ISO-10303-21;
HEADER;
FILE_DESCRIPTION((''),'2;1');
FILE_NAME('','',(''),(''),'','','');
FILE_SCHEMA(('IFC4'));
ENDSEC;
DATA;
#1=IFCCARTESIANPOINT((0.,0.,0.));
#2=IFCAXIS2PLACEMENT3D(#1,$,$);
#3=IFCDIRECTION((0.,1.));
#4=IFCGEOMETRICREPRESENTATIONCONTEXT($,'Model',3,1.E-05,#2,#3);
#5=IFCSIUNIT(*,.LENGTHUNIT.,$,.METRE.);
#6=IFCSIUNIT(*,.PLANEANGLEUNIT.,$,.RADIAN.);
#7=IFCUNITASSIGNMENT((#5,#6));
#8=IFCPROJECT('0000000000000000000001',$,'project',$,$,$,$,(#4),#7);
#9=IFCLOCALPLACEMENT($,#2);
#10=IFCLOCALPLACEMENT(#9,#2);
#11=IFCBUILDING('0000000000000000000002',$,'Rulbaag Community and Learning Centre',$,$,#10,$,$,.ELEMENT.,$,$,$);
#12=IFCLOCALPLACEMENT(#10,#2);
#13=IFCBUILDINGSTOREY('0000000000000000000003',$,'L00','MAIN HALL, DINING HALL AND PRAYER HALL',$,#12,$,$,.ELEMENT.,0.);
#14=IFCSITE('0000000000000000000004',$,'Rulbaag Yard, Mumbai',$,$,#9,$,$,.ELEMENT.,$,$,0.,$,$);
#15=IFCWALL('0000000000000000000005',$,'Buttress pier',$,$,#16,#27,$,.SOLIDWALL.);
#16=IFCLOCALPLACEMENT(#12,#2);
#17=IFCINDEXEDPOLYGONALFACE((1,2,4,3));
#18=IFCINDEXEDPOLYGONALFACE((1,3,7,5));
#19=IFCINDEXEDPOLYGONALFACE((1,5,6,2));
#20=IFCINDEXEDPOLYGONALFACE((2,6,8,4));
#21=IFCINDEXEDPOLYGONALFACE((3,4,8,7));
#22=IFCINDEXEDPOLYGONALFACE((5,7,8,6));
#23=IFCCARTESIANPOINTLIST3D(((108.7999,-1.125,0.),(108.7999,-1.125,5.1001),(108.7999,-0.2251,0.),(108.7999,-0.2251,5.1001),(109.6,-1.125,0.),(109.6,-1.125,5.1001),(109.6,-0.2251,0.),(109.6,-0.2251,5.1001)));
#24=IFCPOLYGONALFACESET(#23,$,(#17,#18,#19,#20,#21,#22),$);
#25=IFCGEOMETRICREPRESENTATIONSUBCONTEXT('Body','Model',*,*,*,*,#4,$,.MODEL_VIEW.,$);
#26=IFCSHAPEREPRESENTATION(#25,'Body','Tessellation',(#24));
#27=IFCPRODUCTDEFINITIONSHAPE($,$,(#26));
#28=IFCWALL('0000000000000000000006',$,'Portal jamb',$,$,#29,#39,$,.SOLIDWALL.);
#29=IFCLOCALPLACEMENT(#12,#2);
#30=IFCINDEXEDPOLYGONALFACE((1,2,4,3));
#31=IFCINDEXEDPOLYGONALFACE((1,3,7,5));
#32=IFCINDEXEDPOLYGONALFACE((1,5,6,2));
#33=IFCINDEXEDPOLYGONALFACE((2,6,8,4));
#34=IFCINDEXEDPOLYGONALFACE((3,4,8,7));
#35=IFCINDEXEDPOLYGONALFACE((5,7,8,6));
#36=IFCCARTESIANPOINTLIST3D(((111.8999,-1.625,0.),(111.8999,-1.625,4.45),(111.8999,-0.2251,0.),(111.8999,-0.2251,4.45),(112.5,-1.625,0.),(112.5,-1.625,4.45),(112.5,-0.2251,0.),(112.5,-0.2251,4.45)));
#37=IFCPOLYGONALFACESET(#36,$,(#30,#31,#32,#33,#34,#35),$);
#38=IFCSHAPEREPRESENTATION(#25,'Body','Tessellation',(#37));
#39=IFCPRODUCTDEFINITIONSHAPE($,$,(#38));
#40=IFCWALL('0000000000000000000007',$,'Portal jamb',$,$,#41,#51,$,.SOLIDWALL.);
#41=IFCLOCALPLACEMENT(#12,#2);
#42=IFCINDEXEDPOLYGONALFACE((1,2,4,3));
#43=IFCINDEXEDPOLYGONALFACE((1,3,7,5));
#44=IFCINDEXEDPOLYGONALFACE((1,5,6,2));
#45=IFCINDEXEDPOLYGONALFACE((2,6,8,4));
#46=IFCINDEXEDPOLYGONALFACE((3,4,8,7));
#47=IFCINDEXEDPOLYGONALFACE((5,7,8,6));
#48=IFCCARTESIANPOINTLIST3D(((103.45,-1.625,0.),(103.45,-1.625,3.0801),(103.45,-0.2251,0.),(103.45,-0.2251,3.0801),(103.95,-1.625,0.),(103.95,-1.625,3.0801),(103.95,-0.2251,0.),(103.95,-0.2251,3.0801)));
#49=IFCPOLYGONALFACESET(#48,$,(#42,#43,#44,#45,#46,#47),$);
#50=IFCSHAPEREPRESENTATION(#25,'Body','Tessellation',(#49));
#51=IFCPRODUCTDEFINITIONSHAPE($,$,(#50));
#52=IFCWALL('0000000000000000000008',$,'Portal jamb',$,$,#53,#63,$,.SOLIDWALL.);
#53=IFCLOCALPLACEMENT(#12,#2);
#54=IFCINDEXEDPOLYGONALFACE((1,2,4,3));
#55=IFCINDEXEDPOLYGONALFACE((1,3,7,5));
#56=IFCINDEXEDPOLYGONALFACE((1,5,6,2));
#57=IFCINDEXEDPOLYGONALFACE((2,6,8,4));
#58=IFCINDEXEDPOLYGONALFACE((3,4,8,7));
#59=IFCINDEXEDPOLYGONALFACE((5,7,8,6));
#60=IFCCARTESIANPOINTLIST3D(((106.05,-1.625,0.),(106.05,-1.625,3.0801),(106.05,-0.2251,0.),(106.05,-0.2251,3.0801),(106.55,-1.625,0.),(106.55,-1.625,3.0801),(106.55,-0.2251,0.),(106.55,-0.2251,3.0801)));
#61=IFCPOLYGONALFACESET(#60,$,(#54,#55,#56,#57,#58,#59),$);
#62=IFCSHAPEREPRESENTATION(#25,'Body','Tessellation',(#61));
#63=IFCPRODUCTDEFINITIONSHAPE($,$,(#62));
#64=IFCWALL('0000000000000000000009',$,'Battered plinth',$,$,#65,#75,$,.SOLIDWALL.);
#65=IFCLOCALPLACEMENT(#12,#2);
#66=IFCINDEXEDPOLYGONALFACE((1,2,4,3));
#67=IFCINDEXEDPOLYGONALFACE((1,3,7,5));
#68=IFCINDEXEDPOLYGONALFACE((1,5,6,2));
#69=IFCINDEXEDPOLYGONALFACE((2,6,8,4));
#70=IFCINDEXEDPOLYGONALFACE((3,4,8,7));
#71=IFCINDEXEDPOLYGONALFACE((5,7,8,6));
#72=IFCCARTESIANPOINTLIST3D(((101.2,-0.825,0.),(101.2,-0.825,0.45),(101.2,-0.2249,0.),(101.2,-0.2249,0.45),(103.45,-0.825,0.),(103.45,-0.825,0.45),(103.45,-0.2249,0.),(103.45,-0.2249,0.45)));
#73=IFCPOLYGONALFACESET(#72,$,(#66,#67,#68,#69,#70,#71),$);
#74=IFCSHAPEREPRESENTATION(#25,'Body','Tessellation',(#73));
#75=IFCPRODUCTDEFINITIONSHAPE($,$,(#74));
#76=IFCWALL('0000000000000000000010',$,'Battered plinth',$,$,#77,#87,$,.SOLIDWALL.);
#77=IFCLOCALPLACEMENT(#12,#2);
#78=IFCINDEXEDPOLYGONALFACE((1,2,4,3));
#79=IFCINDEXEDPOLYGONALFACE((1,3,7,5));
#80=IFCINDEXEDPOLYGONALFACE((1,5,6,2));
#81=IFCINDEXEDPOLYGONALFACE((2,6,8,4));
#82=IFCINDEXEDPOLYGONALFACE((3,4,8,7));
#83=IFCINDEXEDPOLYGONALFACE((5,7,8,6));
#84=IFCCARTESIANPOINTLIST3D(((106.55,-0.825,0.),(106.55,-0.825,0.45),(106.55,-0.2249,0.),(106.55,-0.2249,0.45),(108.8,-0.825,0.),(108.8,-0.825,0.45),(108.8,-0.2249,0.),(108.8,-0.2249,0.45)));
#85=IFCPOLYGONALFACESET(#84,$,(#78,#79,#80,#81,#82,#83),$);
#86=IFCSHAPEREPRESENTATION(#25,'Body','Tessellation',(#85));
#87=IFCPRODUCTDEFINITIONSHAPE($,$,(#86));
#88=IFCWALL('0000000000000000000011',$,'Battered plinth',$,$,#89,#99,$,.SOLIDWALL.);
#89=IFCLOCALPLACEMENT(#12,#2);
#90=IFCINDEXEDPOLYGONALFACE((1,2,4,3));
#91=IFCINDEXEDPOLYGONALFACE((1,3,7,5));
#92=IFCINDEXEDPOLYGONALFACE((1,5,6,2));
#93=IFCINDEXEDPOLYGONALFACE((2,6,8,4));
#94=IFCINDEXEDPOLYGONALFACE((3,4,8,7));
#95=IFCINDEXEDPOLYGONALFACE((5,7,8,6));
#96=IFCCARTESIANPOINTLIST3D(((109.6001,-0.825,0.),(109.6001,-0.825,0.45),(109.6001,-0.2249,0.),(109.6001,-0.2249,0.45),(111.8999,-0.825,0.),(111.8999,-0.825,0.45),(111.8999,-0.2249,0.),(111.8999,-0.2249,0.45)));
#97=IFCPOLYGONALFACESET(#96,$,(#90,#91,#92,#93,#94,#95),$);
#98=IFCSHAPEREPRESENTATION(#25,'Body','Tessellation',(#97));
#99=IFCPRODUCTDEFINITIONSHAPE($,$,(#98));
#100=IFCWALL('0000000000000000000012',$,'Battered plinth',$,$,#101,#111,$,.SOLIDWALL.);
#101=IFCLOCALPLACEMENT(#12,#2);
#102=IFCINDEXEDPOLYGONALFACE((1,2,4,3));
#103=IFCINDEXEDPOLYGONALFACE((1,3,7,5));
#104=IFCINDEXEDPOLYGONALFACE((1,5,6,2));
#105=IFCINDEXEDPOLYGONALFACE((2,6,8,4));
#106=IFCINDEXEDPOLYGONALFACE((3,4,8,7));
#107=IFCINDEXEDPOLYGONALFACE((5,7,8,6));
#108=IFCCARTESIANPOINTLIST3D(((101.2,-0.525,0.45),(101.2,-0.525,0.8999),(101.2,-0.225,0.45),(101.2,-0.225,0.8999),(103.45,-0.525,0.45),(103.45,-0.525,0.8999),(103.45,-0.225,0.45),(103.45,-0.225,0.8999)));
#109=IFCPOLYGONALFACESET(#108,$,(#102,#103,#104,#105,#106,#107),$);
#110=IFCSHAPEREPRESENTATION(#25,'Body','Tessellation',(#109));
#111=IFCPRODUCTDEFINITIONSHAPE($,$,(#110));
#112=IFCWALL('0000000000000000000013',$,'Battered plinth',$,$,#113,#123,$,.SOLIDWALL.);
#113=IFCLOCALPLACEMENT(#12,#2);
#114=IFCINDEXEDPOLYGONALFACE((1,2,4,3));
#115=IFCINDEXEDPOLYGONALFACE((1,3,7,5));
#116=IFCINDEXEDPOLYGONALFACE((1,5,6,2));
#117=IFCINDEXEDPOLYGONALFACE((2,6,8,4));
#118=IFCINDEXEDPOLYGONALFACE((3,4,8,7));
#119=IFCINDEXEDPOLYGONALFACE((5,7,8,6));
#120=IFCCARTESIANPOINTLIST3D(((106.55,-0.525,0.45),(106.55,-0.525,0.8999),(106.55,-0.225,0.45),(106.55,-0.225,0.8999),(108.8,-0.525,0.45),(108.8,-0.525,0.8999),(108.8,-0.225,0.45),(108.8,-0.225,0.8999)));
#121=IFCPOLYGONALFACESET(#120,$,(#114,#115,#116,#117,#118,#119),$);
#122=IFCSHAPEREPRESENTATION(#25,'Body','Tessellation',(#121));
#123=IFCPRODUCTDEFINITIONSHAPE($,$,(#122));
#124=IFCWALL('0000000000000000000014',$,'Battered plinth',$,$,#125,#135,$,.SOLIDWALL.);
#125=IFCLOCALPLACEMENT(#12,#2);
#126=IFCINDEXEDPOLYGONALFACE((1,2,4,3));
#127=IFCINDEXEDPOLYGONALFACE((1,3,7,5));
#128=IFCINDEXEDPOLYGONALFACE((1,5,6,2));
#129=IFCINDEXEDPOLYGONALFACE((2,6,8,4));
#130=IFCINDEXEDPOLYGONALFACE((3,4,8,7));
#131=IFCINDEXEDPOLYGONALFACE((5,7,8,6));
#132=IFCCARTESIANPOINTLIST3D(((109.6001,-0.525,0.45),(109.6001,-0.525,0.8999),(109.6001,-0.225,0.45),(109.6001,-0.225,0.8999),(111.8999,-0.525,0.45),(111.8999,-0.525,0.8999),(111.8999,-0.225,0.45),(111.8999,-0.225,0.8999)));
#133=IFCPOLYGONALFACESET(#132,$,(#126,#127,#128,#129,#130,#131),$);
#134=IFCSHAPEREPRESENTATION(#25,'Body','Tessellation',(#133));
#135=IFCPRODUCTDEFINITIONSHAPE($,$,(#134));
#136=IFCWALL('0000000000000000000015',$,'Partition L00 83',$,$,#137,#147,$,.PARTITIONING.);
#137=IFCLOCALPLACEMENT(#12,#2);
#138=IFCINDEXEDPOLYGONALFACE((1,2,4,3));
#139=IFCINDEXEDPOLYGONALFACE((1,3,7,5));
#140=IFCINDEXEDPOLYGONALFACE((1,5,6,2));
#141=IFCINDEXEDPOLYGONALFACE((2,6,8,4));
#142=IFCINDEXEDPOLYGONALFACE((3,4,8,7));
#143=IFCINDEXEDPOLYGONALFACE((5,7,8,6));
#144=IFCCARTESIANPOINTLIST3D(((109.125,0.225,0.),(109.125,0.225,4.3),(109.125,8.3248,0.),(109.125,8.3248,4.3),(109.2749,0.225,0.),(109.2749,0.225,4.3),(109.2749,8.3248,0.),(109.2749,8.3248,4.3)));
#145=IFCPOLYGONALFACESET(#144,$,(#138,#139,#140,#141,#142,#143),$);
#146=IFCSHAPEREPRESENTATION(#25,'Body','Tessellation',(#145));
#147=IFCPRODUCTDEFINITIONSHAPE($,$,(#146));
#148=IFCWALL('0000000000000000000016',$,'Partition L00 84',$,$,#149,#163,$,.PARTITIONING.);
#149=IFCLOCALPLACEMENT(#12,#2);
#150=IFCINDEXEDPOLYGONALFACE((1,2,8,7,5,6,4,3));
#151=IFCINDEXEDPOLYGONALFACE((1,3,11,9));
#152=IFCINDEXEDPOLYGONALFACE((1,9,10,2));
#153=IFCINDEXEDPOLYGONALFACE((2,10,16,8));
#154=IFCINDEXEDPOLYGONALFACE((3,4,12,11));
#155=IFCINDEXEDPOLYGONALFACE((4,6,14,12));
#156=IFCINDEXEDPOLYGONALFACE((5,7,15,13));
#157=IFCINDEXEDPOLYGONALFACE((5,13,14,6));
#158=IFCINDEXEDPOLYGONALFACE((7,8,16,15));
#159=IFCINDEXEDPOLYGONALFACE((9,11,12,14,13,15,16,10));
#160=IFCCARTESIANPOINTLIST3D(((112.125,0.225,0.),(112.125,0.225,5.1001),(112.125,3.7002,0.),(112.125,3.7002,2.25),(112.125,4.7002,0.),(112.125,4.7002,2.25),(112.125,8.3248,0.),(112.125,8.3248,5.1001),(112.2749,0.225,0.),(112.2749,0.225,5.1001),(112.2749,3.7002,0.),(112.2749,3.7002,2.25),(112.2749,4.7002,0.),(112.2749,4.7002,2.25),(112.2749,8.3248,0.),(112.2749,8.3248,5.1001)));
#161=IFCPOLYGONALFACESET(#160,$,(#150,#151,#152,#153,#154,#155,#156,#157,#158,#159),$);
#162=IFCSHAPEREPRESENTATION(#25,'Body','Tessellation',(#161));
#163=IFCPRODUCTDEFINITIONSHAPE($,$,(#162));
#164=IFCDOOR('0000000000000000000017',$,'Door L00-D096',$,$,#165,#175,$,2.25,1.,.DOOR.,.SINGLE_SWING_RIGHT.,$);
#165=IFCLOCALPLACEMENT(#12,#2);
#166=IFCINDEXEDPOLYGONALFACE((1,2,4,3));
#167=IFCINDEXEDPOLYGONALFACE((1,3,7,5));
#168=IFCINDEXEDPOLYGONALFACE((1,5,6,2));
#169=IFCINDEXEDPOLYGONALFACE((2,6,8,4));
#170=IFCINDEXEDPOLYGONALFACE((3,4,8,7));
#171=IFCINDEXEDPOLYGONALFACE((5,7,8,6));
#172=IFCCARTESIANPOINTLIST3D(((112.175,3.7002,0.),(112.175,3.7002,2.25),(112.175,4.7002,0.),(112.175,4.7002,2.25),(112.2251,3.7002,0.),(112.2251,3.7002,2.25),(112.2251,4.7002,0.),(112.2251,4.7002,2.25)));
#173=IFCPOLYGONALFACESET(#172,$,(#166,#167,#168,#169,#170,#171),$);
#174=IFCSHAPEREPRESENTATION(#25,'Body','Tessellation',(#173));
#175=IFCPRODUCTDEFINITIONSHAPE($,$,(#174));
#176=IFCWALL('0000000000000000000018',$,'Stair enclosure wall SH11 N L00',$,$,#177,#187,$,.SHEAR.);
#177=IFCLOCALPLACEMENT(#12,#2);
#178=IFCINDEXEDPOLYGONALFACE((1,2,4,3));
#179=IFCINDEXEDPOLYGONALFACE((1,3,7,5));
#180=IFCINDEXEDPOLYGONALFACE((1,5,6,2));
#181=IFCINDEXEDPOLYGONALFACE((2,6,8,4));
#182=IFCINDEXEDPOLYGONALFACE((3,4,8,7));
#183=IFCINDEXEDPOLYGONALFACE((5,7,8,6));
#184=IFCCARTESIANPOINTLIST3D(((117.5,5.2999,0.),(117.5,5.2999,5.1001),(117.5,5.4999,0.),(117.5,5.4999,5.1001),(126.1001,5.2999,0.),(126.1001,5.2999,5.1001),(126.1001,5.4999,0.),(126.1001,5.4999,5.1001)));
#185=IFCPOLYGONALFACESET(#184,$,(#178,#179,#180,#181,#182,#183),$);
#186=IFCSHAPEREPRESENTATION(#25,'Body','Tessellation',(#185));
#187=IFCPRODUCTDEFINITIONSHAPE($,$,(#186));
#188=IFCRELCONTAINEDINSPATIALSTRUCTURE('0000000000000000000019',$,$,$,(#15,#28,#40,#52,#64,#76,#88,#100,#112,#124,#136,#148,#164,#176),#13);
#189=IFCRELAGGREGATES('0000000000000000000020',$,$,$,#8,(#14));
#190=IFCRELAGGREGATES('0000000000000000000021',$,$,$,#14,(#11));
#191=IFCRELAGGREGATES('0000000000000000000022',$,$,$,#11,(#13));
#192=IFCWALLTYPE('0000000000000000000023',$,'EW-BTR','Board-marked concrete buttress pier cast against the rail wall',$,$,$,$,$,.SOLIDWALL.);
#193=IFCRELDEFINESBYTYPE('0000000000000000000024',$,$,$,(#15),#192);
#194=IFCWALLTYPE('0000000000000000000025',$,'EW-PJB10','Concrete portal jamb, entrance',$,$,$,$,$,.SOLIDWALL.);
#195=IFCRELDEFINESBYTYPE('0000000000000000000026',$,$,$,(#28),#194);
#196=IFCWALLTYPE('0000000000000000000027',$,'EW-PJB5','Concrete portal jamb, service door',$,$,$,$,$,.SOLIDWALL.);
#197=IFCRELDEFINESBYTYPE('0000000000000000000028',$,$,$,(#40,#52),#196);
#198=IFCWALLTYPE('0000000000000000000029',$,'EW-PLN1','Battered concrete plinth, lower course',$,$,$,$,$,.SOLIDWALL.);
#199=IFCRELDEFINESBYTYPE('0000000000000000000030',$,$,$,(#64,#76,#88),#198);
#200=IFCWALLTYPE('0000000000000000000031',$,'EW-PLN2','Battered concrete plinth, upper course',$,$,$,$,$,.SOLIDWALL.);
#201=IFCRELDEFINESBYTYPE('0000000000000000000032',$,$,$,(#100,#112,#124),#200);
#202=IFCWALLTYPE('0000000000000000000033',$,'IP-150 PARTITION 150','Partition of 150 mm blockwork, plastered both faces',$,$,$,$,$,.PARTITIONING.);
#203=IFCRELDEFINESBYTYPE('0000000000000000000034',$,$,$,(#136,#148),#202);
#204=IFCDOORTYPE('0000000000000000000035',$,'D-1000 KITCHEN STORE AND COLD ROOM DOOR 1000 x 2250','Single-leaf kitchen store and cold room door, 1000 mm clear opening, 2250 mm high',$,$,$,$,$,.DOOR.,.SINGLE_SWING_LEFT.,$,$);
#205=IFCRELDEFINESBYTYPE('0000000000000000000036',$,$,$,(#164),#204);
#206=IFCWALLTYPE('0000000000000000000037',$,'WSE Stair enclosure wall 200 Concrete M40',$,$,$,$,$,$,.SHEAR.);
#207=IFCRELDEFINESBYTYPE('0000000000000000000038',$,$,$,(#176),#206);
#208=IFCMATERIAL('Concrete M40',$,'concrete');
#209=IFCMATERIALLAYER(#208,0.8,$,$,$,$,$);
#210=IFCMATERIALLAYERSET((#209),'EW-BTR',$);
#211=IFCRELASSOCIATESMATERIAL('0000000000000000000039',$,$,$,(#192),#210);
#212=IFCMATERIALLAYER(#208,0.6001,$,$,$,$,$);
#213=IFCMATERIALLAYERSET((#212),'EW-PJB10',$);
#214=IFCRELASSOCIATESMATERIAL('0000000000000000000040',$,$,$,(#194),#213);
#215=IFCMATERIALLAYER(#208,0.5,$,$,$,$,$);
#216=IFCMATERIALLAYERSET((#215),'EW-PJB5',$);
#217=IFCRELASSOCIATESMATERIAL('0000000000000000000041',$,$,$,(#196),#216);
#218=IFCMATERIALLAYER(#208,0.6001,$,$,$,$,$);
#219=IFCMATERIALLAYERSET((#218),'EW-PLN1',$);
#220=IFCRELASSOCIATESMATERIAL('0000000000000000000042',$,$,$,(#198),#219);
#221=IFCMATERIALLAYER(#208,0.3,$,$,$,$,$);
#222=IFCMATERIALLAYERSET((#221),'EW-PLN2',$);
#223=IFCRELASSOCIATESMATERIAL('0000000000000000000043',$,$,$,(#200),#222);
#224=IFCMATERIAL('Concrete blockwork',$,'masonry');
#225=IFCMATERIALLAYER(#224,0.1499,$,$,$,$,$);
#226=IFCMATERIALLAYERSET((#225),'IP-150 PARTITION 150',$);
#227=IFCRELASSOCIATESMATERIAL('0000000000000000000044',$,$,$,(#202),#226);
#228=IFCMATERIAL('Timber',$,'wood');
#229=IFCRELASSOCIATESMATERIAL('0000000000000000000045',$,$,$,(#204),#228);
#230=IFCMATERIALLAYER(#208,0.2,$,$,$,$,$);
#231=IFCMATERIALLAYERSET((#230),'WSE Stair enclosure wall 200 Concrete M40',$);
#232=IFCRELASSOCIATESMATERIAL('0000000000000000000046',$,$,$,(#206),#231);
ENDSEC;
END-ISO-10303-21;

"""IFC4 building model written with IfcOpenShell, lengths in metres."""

from ifc_helpers import new_model, si_unit, direction, frame, frame_2d, origin, place, context, subcontext, project, spatial, rectangle, extrude, material, layer, layer_set, type_object, element, fill, save


model = new_model("IFC4")

# Units and contexts
model_context = context("Model", 3, precision=1e-05, world=origin(), true_north=direction((0.0, 1.0)))
body_context = subcontext(model_context, "Body", "Model", "MODEL_VIEW")
ifc_project = project(units=[si_unit("LENGTHUNIT", "METRE"), si_unit("PLANEANGLEUNIT", "RADIAN")], contexts=[model_context])

# Site, building, storey
site_placement = place(None, origin())
site = spatial("IfcSite", under=ifc_project, at=site_placement, Name="Rulbaag Yard, Mumbai", CompositionType="ELEMENT", RefElevation=0.0)
building_placement = place(site_placement, origin())
building = spatial("IfcBuilding", under=site, at=building_placement, Name="Rulbaag Community and Learning Centre", CompositionType="ELEMENT")
storey_placement = place(building_placement, origin())
storey = spatial("IfcBuildingStorey", under=building, at=storey_placement, Name="L00", Description="MAIN HALL, DINING HALL AND PRAYER HALL", CompositionType="ELEMENT", Elevation=0.0)

# Shared definitions
ifc_material_1 = material(Name="Concrete M40", Category="concrete")

# Walls
ifc_layer_1 = layer(ifc_material_1, 0.8)
ifc_layer_set_1 = layer_set([ifc_layer_1], Name="EW-BTR")
wall_type_1 = type_object("IfcWallType", Name="EW-BTR", Description="Board-marked concrete buttress pier cast against the rail wall", PredefinedType="SOLIDWALL", material=ifc_layer_set_1)
wall_1_placement = place(storey_placement, frame((109.2, -0.2251, 0.0), z_axis=(0.0, 0.0, 1.0), x_axis=(0.0, -1.0, 0.0)))
element("IfcWall", 1, at=wall_1_placement, inside=storey, type_object=wall_type_1, Name="Buttress pier", PredefinedType="SOLIDWALL", context=body_context, shape_type="SweptSolid", body=[
    extrude(rectangle(XDim=0.8999, YDim=0.8, at=frame_2d((0.45, 0.0))), origin(), (0.0, 0.0, 1.0), 5.1001),
])
ifc_layer_2 = layer(ifc_material_1, 0.6001)
ifc_layer_set_2 = layer_set([ifc_layer_2], Name="EW-PJB10")
wall_type_2 = type_object("IfcWallType", Name="EW-PJB10", Description="Concrete portal jamb, entrance", PredefinedType="SOLIDWALL", material=ifc_layer_set_2)
wall_2_placement = place(storey_placement, frame((112.2, -0.2251, 0.0), z_axis=(0.0, 0.0, 1.0), x_axis=(0.0, -1.0, 0.0)))
element("IfcWall", 2, at=wall_2_placement, inside=storey, type_object=wall_type_2, Name="Portal jamb", PredefinedType="SOLIDWALL", context=body_context, shape_type="SweptSolid", body=[
    extrude(rectangle(XDim=1.3999, YDim=0.6001, at=frame_2d((0.7, 0.0))), origin(), (0.0, 0.0, 1.0), 4.45),
])
ifc_layer_3 = layer(ifc_material_1, 0.5)
ifc_layer_set_3 = layer_set([ifc_layer_3], Name="EW-PJB5")
wall_type_3 = type_object("IfcWallType", Name="EW-PJB5", Description="Concrete portal jamb, service door", PredefinedType="SOLIDWALL", material=ifc_layer_set_3)
for number, where, z_axis, x_axis, name in (
    (3, (103.7, -0.2251, 0.0), (0.0, 0.0, 1.0), (0.0, -1.0, 0.0), "Portal jamb"),
    (4, (106.3, -0.2251, 0.0), (0.0, 0.0, 1.0), (0.0, -1.0, 0.0), "Portal jamb"),
):
    element("IfcWall", number, at=place(storey_placement, frame(where, z_axis=z_axis, x_axis=x_axis)), inside=storey, type_object=wall_type_3, Name=name, PredefinedType="SOLIDWALL", context=body_context, shape_type="SweptSolid", body=[
        extrude(rectangle(XDim=1.3999, YDim=0.5, at=frame_2d((0.7, 0.0))), origin(), (0.0, 0.0, 1.0), 3.0801),
    ])
ifc_layer_4 = layer(ifc_material_1, 0.6001)
ifc_layer_set_4 = layer_set([ifc_layer_4], Name="EW-PLN1")
wall_type_4 = type_object("IfcWallType", Name="EW-PLN1", Description="Battered concrete plinth, lower course", PredefinedType="SOLIDWALL", material=ifc_layer_set_4)
for number, where, z_axis, x_axis, name in (
    (5, (101.2, -0.5249, 0.0), (0.0, 0.0, 1.0), (1.0, 0.0, 0.0), "Battered plinth"),
    (6, (106.55, -0.5249, 0.0), (0.0, 0.0, 1.0), (1.0, 0.0, 0.0), "Battered plinth"),
):
    element("IfcWall", number, at=place(storey_placement, frame(where, z_axis=z_axis, x_axis=x_axis)), inside=storey, type_object=wall_type_4, Name=name, PredefinedType="SOLIDWALL", context=body_context, shape_type="SweptSolid", body=[
        extrude(rectangle(XDim=2.25, YDim=0.6001, at=frame_2d((1.125, 0.0))), origin(), (0.0, 0.0, 1.0), 0.45),
    ])
wall_3_placement = place(storey_placement, frame((109.6001, -0.5249, 0.0), z_axis=(0.0, 0.0, 1.0), x_axis=(1.0, 0.0, 0.0)))
element("IfcWall", 7, at=wall_3_placement, inside=storey, type_object=wall_type_4, Name="Battered plinth", PredefinedType="SOLIDWALL", context=body_context, shape_type="SweptSolid", body=[
    extrude(rectangle(XDim=2.2998, YDim=0.6001, at=frame_2d((1.1499, 0.0))), origin(), (0.0, 0.0, 1.0), 0.45),
])
ifc_layer_5 = layer(ifc_material_1, 0.3)
ifc_layer_set_5 = layer_set([ifc_layer_5], Name="EW-PLN2")
wall_type_5 = type_object("IfcWallType", Name="EW-PLN2", Description="Battered concrete plinth, upper course", PredefinedType="SOLIDWALL", material=ifc_layer_set_5)
for number, where, z_axis, x_axis, name in (
    (8, (101.2, -0.375, 0.45), (0.0, 0.0, 1.0), (1.0, 0.0, 0.0), "Battered plinth"),
    (9, (106.55, -0.375, 0.45), (0.0, 0.0, 1.0), (1.0, 0.0, 0.0), "Battered plinth"),
):
    element("IfcWall", number, at=place(storey_placement, frame(where, z_axis=z_axis, x_axis=x_axis)), inside=storey, type_object=wall_type_5, Name=name, PredefinedType="SOLIDWALL", context=body_context, shape_type="SweptSolid", body=[
        extrude(rectangle(XDim=2.25, YDim=0.3, at=frame_2d((1.125, 0.0))), origin(), (0.0, 0.0, 1.0), 0.45),
    ])
wall_4_placement = place(storey_placement, frame((109.6001, -0.375, 0.45), z_axis=(0.0, 0.0, 1.0), x_axis=(1.0, 0.0, 0.0)))
element("IfcWall", 10, at=wall_4_placement, inside=storey, type_object=wall_type_5, Name="Battered plinth", PredefinedType="SOLIDWALL", context=body_context, shape_type="SweptSolid", body=[
    extrude(rectangle(XDim=2.2998, YDim=0.3, at=frame_2d((1.1499, 0.0))), origin(), (0.0, 0.0, 1.0), 0.45),
])
ifc_material_2 = material(Name="Concrete blockwork", Category="masonry")
ifc_layer_6 = layer(ifc_material_2, 0.1499)
ifc_layer_set_6 = layer_set([ifc_layer_6], Name="IP-150 PARTITION 150")
wall_type_6 = type_object("IfcWallType", Name="IP-150 PARTITION 150", Description="Partition of 150 mm blockwork, plastered both faces", PredefinedType="PARTITIONING", material=ifc_layer_set_6)
wall_5_placement = place(storey_placement, frame((109.2, 0.2251, 0.0), z_axis=(0.0, 0.0, 1.0), x_axis=(0.0, 1.0, 0.0)))
element("IfcWall", 11, at=wall_5_placement, inside=storey, type_object=wall_type_6, Name="Partition L00 83", PredefinedType="PARTITIONING", context=body_context, shape_type="SweptSolid", body=[
    extrude(rectangle(XDim=8.0999, YDim=0.1499, at=frame_2d((4.0498, 0.0))), origin(), (0.0, 0.0, 1.0), 4.3),
])

# Wall, opening, door
wall_6_placement = place(storey_placement, frame((112.2, 0.2251, 0.0), z_axis=(0.0, 0.0, 1.0), x_axis=(0.0, 1.0, 0.0)))
wall_6 = element("IfcWall", 12, at=wall_6_placement, inside=storey, type_object=wall_type_6, Name="Partition L00 84", PredefinedType="PARTITIONING", context=body_context, shape_type="SweptSolid", body=[
    extrude(rectangle(XDim=8.0999, YDim=0.1499, at=frame_2d((4.0498, 0.0))), origin(), (0.0, 0.0, 1.0), 5.1001),
])
opening_placement = place(wall_6_placement, frame((3.4751, 0.0, 0.0)))
opening = element("IfcOpeningElement", 13, at=opening_placement, cuts=wall_6, PredefinedType="OPENING", context=body_context, shape_type="SweptSolid", body=[
    extrude(rectangle(XDim=1.0, YDim=2.25, at=frame_2d((0.5, 1.125))), frame((0.0, 0.085, 0.0), z_axis=(0.0, -1.0, 0.0), x_axis=(1.0, 0.0, 0.0)), (0.0, 0.0, 1.0), 0.1699),
])
ifc_material_3 = material(Name="Timber", Category="wood")
door_type = type_object("IfcDoorType", Name="D-1000 KITCHEN STORE AND COLD ROOM DOOR 1000 x 2250", Description="Single-leaf kitchen store and cold room door, 1000 mm clear opening, 2250 mm high", OperationType="SINGLE_SWING_LEFT", PredefinedType="DOOR", material=ifc_material_3)
door_placement = place(opening_placement, origin())
door = element("IfcDoor", 14, at=door_placement, inside=storey, type_object=door_type, Name="Door L00-D096", OperationType="SINGLE_SWING_RIGHT", OverallHeight=2.25, OverallWidth=1.0, PredefinedType="DOOR", context=body_context, shape_type="SweptSolid", body=[
    extrude(rectangle(XDim=1.0, YDim=2.25, at=frame_2d((0.5, 1.125))), frame((0.0, 0.0249, 0.0), z_axis=(0.0, -1.0, 0.0), x_axis=(1.0, 0.0, 0.0)), (0.0, 0.0, 1.0), 0.05),
])
fill(opening, door)

# Wall
ifc_layer_7 = layer(ifc_material_1, 0.2)
ifc_layer_set_7 = layer_set([ifc_layer_7], Name="WSE Stair enclosure wall 200 Concrete M40")
wall_type_7 = type_object("IfcWallType", Name="WSE Stair enclosure wall 200 Concrete M40", PredefinedType="SHEAR", material=ifc_layer_set_7)
wall_7_placement = place(storey_placement, frame((117.5, 5.3999, 0.0), z_axis=(0.0, 0.0, 1.0), x_axis=(1.0, 0.0, 0.0)))
element("IfcWall", 15, at=wall_7_placement, inside=storey, type_object=wall_type_7, Name="Stair enclosure wall SH11 N L00", PredefinedType="SHEAR", context=body_context, shape_type="SweptSolid", body=[
    extrude(rectangle(XDim=8.6001, YDim=0.2, at=frame_2d((4.3, 0.0))), origin(), (0.0, 0.0, 1.0), 5.1001),
])

save(model, "model.ifc")
